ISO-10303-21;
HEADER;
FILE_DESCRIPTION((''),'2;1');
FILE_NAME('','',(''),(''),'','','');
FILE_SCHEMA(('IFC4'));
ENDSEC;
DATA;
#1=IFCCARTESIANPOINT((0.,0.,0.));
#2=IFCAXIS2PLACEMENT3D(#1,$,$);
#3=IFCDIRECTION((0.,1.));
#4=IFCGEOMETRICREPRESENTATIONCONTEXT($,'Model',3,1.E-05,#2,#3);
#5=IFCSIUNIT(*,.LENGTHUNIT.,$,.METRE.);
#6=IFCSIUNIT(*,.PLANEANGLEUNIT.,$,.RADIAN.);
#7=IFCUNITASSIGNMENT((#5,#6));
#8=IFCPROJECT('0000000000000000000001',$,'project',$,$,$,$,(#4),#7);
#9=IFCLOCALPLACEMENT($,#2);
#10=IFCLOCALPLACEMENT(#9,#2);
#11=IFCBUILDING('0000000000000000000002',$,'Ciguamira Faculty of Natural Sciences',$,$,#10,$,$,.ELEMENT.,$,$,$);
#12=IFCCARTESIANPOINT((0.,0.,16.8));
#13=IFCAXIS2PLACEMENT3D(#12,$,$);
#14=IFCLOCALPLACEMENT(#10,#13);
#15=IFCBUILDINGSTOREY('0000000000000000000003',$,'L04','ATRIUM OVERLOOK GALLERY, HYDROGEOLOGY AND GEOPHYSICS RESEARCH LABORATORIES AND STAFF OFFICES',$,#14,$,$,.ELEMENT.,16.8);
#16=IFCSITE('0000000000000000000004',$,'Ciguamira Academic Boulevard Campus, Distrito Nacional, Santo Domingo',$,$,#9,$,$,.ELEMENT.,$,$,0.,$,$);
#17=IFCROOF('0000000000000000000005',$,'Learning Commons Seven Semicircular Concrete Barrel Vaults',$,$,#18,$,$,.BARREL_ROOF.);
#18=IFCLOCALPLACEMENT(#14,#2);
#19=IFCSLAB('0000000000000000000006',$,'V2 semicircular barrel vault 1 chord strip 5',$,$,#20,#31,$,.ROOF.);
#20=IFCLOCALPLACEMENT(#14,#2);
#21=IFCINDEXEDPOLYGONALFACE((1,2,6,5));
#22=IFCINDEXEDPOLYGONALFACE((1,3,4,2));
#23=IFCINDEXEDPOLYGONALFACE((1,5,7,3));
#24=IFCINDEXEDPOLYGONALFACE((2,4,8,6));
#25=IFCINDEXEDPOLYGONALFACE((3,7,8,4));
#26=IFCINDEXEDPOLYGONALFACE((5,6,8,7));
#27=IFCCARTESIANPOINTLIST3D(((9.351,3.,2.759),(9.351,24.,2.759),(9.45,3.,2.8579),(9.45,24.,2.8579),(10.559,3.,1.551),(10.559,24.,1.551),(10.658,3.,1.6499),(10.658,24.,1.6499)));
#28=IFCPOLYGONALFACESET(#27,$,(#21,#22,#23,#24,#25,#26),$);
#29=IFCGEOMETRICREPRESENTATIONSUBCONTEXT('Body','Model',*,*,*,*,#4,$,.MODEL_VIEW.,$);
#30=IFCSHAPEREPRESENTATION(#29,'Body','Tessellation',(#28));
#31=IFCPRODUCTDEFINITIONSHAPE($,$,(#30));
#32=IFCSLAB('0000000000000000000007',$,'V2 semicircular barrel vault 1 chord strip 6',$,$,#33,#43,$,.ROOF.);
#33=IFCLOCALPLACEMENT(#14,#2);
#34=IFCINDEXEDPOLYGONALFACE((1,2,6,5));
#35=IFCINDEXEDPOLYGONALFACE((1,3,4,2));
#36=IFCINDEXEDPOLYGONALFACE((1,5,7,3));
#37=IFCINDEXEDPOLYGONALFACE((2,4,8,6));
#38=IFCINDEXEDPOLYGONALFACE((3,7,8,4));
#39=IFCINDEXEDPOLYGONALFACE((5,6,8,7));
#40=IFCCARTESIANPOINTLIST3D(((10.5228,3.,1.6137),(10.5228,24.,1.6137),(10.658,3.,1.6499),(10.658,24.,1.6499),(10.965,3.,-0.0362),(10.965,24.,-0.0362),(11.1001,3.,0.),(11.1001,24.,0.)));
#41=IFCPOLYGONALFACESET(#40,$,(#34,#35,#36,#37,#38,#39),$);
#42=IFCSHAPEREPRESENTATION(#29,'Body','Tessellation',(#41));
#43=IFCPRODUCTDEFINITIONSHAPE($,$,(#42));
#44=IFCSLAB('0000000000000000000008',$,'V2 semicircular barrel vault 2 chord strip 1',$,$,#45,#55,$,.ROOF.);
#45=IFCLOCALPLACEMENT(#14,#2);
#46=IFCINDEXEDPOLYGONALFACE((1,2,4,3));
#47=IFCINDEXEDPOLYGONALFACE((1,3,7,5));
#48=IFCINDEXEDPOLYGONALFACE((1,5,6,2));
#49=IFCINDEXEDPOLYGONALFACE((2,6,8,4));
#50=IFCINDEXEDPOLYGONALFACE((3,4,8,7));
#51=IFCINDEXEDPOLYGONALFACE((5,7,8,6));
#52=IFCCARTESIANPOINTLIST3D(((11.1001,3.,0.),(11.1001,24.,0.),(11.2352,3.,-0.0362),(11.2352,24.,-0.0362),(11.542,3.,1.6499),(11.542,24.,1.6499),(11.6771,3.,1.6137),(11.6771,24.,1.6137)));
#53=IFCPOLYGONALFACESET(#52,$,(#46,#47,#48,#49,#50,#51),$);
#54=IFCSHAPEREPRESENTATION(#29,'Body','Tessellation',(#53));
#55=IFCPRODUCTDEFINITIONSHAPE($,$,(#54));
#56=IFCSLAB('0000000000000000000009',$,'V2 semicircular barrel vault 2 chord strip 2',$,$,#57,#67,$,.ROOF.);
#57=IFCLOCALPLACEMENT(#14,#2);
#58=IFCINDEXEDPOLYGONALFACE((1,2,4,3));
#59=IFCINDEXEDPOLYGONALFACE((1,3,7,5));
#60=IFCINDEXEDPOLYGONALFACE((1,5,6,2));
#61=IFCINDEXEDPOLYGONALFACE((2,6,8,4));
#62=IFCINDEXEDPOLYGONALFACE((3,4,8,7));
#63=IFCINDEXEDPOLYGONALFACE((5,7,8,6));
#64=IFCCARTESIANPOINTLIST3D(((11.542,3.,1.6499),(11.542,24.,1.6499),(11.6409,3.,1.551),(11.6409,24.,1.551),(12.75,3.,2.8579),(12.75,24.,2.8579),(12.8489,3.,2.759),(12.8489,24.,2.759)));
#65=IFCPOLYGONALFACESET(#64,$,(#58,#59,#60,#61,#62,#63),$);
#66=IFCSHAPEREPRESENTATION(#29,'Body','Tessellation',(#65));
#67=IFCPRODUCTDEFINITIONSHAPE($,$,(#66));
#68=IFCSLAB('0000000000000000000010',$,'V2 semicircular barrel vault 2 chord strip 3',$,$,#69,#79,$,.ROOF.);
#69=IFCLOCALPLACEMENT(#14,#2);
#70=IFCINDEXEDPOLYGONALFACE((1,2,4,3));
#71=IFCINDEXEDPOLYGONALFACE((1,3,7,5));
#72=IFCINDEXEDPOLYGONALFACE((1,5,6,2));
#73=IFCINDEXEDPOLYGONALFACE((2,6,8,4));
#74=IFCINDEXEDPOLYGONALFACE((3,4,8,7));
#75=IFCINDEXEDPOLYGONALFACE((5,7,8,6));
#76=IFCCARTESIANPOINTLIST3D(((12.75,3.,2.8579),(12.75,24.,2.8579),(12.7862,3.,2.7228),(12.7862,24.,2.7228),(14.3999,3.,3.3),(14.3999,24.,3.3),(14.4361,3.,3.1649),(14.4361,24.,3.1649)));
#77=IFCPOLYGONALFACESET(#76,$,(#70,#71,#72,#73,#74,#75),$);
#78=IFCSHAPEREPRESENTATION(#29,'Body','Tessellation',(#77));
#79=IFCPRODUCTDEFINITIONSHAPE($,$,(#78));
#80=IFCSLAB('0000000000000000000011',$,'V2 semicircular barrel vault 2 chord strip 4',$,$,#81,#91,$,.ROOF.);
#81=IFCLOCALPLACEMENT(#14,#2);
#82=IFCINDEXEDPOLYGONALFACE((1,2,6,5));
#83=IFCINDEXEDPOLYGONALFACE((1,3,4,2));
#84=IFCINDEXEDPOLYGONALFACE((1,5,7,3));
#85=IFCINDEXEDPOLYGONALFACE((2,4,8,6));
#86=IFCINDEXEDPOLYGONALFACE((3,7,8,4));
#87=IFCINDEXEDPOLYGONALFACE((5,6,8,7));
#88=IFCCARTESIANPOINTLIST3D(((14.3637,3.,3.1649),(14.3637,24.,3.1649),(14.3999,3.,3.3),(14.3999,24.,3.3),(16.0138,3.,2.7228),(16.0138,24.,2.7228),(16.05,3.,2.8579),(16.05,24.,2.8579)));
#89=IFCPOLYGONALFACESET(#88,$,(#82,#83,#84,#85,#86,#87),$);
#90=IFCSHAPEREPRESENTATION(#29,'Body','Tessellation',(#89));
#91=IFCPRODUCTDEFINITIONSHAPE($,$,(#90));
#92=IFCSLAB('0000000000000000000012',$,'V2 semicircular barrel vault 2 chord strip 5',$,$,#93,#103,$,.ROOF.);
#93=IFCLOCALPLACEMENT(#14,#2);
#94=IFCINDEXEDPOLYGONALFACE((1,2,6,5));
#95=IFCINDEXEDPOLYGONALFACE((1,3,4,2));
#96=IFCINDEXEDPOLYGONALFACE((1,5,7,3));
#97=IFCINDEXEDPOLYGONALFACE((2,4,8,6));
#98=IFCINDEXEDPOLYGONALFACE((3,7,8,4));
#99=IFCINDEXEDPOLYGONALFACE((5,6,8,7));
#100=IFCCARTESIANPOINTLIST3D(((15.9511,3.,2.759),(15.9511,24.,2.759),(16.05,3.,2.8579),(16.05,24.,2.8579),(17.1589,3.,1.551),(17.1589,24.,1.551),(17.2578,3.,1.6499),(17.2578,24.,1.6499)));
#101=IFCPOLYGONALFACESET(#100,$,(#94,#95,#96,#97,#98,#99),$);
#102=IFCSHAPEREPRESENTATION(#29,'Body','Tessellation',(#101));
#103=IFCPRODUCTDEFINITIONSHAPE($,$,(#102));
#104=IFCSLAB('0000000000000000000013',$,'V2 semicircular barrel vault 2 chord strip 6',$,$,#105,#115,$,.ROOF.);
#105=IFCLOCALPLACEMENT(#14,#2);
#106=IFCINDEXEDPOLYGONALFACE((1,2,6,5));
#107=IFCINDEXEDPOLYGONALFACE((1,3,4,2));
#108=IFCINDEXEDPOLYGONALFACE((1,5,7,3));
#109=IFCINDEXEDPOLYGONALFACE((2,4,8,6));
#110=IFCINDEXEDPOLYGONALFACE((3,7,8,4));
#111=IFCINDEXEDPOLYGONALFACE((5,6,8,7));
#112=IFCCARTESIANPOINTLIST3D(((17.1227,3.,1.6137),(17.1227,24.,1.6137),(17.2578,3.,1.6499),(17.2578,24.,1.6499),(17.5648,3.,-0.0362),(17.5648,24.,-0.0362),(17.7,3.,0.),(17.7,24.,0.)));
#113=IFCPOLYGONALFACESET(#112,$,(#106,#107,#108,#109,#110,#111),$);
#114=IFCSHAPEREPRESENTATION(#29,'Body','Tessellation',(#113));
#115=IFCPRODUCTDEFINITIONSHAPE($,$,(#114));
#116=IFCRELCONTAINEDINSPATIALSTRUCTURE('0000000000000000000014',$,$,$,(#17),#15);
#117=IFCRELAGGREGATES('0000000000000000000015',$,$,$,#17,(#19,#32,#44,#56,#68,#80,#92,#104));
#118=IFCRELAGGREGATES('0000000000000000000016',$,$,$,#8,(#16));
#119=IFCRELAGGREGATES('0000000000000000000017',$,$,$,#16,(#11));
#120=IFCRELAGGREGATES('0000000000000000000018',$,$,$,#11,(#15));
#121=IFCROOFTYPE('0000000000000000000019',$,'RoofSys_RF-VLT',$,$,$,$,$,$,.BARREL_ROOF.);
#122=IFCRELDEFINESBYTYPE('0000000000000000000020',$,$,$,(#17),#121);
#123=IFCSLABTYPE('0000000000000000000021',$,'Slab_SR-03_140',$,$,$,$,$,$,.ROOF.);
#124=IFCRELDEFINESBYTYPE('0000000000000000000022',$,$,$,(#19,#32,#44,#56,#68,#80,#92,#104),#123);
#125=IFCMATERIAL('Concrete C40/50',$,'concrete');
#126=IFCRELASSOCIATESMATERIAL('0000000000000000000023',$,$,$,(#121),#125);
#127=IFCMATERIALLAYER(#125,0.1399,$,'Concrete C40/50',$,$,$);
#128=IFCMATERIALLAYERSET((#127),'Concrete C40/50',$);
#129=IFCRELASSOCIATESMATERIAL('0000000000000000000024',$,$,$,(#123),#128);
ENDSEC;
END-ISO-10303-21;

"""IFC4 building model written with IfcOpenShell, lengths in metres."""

from ifc_helpers import new_model, si_unit, direction, frame, origin, place, context, subcontext, project, spatial, polyline, outline, extrude, material, layer, layer_set, type_object, element, aggregate, save


model = new_model("IFC4")

# Units and contexts
model_context = context("Model", 3, precision=1e-05, world=origin(), true_north=direction((0.0, 1.0)))
body_context = subcontext(model_context, "Body", "Model", "MODEL_VIEW")
ifc_project = project(units=[si_unit("LENGTHUNIT", "METRE"), si_unit("PLANEANGLEUNIT", "RADIAN")], contexts=[model_context])

# Site, building, storey
site_placement = place(None, origin())
site = spatial("IfcSite", under=ifc_project, at=site_placement, Name="Ciguamira Academic Boulevard Campus, Distrito Nacional, Santo Domingo", CompositionType="ELEMENT", RefElevation=0.0)
building_placement = place(site_placement, origin())
building = spatial("IfcBuilding", under=site, at=building_placement, Name="Ciguamira Faculty of Natural Sciences", CompositionType="ELEMENT")
storey_placement = place(building_placement, frame((0.0, 0.0, 16.8)))
storey = spatial("IfcBuildingStorey", under=building, at=storey_placement, Name="L04", Description="ATRIUM OVERLOOK GALLERY, HYDROGEOLOGY AND GEOPHYSICS RESEARCH LABORATORIES AND STAFF OFFICES", CompositionType="ELEMENT", Elevation=16.8)

# Shared definitions
ifc_material = material(Name="Concrete C40/50", Category="concrete")

# Roof, slabs
roof_type = type_object("IfcRoofType", Name="RoofSys_RF-VLT", PredefinedType="BARREL_ROOF", material=ifc_material)
roof_placement = place(storey_placement, origin())
roof = element("IfcRoof", 1, at=roof_placement, inside=storey, type_object=roof_type, Name="Learning Commons Seven Semicircular Concrete Barrel Vaults", PredefinedType="BARREL_ROOF")
ifc_layer = layer(ifc_material, 0.1399, Name="Concrete C40/50")
ifc_layer_set = layer_set([ifc_layer], Name="Concrete C40/50")
slab_type = type_object("IfcSlabType", Name="Slab_SR-03_140", PredefinedType="ROOF", material=ifc_layer_set)
slab_1_placement = place(storey_placement, frame((9.45, 3.0, 2.8579), z_axis=(0.707107, 0.0, 0.707107), x_axis=(0.707107, 0.0, -0.707107)))
slab_1 = element("IfcSlab", 2, at=slab_1_placement, type_object=slab_type, Name="V2 semicircular barrel vault 1 chord strip 5", PredefinedType="ROOF", context=body_context, shape_type="SweptSolid", body=[
    extrude(outline(polyline([(0.0, 0.0), (1.7084, 0.0), (1.7084, 21.0), (0.0, 21.0), (0.0, 0.0)])), origin(), (0.0, 0.0, -1.0), 0.1399),
])
slab_2_placement = place(storey_placement, frame((10.658, 3.0, 1.6499), z_axis=(0.965919, 0.0, 0.258846), x_axis=(0.258846, 0.0, -0.965919)))
slab_2 = element("IfcSlab", 3, at=slab_2_placement, type_object=slab_type, Name="V2 semicircular barrel vault 1 chord strip 6", PredefinedType="ROOF", context=body_context, shape_type="SweptSolid", body=[
    extrude(outline(polyline([(0.0, 0.0), (1.7081, 0.0), (1.7081, 21.0), (0.0, 21.0), (0.0, 0.0)])), origin(), (0.0, 0.0, -1.0), 0.1399),
])
slab_3_placement = place(storey_placement, frame((11.1001, 3.0, 0.0), z_axis=(-0.965954, 0.0, 0.258712), x_axis=(0.258712, 0.0, 0.965954)))
slab_3 = element("IfcSlab", 4, at=slab_3_placement, type_object=slab_type, Name="V2 semicircular barrel vault 2 chord strip 1", PredefinedType="ROOF", context=body_context, shape_type="SweptSolid", body=[
    extrude(outline(polyline([(0.0, 0.0), (1.7081, 0.0), (1.7081, 21.0), (0.0, 21.0), (0.0, 0.0)])), origin(), (0.0, 0.0, -1.0), 0.1399),
])
slab_4_placement = place(storey_placement, frame((11.542, 3.0, 1.6499), z_axis=(-0.707107, 0.0, 0.707107), x_axis=(0.707107, 0.0, 0.707107)))
slab_4 = element("IfcSlab", 5, at=slab_4_placement, type_object=slab_type, Name="V2 semicircular barrel vault 2 chord strip 2", PredefinedType="ROOF", context=body_context, shape_type="SweptSolid", body=[
    extrude(outline(polyline([(0.0, 0.0), (1.7084, 0.0), (1.7084, 21.0), (0.0, 21.0), (0.0, 0.0)])), origin(), (0.0, 0.0, -1.0), 0.1399),
])
slab_5_placement = place(storey_placement, frame((12.75, 3.0, 2.8579), z_axis=(-0.258846, 0.0, 0.965919), x_axis=(0.965919, 0.0, 0.258846)))
slab_5 = element("IfcSlab", 6, at=slab_5_placement, type_object=slab_type, Name="V2 semicircular barrel vault 2 chord strip 3", PredefinedType="ROOF", context=body_context, shape_type="SweptSolid", body=[
    extrude(outline(polyline([(0.0, 0.0), (1.7081, 0.0), (1.7081, 21.0), (0.0, 21.0), (0.0, 0.0)])), origin(), (0.0, 0.0, -1.0), 0.1399),
])
slab_6_placement = place(storey_placement, frame((14.3999, 3.0, 3.3), z_axis=(0.25881, 0.0, 0.965928), x_axis=(0.965928, 0.0, -0.25881)))
slab_6 = element("IfcSlab", 7, at=slab_6_placement, type_object=slab_type, Name="V2 semicircular barrel vault 2 chord strip 4", PredefinedType="ROOF", context=body_context, shape_type="SweptSolid", body=[
    extrude(outline(polyline([(0.0, 0.0), (1.7084, 0.0), (1.7084, 21.0), (0.0, 21.0), (0.0, 0.0)])), origin(), (0.0, 0.0, -1.0), 0.1399),
])
slab_7_placement = place(storey_placement, frame((16.05, 3.0, 2.8579), z_axis=(0.707178, 0.0, 0.707035), x_axis=(0.707035, 0.0, -0.707178)))
slab_7 = element("IfcSlab", 8, at=slab_7_placement, type_object=slab_type, Name="V2 semicircular barrel vault 2 chord strip 5", PredefinedType="ROOF", context=body_context, shape_type="SweptSolid", body=[
    extrude(outline(polyline([(0.0, 0.0), (1.7082, 0.0), (1.7082, 21.0), (0.0, 21.0), (0.0, 0.0)])), origin(), (0.0, 0.0, -1.0), 0.1399),
])
slab_8_placement = place(storey_placement, frame((17.2578, 3.0, 1.6499), z_axis=(0.965919, 0.0, 0.258846), x_axis=(0.258846, 0.0, -0.965919)))
slab_8 = element("IfcSlab", 9, at=slab_8_placement, type_object=slab_type, Name="V2 semicircular barrel vault 2 chord strip 6", PredefinedType="ROOF", context=body_context, shape_type="SweptSolid", body=[
    extrude(outline(polyline([(0.0, 0.0), (1.7081, 0.0), (1.7081, 21.0), (0.0, 21.0), (0.0, 0.0)])), origin(), (0.0, 0.0, -1.0), 0.1399),
])
aggregate(roof, [slab_1, slab_2, slab_3, slab_4, slab_5, slab_6, slab_7, slab_8])

save(model, "model.ifc")
